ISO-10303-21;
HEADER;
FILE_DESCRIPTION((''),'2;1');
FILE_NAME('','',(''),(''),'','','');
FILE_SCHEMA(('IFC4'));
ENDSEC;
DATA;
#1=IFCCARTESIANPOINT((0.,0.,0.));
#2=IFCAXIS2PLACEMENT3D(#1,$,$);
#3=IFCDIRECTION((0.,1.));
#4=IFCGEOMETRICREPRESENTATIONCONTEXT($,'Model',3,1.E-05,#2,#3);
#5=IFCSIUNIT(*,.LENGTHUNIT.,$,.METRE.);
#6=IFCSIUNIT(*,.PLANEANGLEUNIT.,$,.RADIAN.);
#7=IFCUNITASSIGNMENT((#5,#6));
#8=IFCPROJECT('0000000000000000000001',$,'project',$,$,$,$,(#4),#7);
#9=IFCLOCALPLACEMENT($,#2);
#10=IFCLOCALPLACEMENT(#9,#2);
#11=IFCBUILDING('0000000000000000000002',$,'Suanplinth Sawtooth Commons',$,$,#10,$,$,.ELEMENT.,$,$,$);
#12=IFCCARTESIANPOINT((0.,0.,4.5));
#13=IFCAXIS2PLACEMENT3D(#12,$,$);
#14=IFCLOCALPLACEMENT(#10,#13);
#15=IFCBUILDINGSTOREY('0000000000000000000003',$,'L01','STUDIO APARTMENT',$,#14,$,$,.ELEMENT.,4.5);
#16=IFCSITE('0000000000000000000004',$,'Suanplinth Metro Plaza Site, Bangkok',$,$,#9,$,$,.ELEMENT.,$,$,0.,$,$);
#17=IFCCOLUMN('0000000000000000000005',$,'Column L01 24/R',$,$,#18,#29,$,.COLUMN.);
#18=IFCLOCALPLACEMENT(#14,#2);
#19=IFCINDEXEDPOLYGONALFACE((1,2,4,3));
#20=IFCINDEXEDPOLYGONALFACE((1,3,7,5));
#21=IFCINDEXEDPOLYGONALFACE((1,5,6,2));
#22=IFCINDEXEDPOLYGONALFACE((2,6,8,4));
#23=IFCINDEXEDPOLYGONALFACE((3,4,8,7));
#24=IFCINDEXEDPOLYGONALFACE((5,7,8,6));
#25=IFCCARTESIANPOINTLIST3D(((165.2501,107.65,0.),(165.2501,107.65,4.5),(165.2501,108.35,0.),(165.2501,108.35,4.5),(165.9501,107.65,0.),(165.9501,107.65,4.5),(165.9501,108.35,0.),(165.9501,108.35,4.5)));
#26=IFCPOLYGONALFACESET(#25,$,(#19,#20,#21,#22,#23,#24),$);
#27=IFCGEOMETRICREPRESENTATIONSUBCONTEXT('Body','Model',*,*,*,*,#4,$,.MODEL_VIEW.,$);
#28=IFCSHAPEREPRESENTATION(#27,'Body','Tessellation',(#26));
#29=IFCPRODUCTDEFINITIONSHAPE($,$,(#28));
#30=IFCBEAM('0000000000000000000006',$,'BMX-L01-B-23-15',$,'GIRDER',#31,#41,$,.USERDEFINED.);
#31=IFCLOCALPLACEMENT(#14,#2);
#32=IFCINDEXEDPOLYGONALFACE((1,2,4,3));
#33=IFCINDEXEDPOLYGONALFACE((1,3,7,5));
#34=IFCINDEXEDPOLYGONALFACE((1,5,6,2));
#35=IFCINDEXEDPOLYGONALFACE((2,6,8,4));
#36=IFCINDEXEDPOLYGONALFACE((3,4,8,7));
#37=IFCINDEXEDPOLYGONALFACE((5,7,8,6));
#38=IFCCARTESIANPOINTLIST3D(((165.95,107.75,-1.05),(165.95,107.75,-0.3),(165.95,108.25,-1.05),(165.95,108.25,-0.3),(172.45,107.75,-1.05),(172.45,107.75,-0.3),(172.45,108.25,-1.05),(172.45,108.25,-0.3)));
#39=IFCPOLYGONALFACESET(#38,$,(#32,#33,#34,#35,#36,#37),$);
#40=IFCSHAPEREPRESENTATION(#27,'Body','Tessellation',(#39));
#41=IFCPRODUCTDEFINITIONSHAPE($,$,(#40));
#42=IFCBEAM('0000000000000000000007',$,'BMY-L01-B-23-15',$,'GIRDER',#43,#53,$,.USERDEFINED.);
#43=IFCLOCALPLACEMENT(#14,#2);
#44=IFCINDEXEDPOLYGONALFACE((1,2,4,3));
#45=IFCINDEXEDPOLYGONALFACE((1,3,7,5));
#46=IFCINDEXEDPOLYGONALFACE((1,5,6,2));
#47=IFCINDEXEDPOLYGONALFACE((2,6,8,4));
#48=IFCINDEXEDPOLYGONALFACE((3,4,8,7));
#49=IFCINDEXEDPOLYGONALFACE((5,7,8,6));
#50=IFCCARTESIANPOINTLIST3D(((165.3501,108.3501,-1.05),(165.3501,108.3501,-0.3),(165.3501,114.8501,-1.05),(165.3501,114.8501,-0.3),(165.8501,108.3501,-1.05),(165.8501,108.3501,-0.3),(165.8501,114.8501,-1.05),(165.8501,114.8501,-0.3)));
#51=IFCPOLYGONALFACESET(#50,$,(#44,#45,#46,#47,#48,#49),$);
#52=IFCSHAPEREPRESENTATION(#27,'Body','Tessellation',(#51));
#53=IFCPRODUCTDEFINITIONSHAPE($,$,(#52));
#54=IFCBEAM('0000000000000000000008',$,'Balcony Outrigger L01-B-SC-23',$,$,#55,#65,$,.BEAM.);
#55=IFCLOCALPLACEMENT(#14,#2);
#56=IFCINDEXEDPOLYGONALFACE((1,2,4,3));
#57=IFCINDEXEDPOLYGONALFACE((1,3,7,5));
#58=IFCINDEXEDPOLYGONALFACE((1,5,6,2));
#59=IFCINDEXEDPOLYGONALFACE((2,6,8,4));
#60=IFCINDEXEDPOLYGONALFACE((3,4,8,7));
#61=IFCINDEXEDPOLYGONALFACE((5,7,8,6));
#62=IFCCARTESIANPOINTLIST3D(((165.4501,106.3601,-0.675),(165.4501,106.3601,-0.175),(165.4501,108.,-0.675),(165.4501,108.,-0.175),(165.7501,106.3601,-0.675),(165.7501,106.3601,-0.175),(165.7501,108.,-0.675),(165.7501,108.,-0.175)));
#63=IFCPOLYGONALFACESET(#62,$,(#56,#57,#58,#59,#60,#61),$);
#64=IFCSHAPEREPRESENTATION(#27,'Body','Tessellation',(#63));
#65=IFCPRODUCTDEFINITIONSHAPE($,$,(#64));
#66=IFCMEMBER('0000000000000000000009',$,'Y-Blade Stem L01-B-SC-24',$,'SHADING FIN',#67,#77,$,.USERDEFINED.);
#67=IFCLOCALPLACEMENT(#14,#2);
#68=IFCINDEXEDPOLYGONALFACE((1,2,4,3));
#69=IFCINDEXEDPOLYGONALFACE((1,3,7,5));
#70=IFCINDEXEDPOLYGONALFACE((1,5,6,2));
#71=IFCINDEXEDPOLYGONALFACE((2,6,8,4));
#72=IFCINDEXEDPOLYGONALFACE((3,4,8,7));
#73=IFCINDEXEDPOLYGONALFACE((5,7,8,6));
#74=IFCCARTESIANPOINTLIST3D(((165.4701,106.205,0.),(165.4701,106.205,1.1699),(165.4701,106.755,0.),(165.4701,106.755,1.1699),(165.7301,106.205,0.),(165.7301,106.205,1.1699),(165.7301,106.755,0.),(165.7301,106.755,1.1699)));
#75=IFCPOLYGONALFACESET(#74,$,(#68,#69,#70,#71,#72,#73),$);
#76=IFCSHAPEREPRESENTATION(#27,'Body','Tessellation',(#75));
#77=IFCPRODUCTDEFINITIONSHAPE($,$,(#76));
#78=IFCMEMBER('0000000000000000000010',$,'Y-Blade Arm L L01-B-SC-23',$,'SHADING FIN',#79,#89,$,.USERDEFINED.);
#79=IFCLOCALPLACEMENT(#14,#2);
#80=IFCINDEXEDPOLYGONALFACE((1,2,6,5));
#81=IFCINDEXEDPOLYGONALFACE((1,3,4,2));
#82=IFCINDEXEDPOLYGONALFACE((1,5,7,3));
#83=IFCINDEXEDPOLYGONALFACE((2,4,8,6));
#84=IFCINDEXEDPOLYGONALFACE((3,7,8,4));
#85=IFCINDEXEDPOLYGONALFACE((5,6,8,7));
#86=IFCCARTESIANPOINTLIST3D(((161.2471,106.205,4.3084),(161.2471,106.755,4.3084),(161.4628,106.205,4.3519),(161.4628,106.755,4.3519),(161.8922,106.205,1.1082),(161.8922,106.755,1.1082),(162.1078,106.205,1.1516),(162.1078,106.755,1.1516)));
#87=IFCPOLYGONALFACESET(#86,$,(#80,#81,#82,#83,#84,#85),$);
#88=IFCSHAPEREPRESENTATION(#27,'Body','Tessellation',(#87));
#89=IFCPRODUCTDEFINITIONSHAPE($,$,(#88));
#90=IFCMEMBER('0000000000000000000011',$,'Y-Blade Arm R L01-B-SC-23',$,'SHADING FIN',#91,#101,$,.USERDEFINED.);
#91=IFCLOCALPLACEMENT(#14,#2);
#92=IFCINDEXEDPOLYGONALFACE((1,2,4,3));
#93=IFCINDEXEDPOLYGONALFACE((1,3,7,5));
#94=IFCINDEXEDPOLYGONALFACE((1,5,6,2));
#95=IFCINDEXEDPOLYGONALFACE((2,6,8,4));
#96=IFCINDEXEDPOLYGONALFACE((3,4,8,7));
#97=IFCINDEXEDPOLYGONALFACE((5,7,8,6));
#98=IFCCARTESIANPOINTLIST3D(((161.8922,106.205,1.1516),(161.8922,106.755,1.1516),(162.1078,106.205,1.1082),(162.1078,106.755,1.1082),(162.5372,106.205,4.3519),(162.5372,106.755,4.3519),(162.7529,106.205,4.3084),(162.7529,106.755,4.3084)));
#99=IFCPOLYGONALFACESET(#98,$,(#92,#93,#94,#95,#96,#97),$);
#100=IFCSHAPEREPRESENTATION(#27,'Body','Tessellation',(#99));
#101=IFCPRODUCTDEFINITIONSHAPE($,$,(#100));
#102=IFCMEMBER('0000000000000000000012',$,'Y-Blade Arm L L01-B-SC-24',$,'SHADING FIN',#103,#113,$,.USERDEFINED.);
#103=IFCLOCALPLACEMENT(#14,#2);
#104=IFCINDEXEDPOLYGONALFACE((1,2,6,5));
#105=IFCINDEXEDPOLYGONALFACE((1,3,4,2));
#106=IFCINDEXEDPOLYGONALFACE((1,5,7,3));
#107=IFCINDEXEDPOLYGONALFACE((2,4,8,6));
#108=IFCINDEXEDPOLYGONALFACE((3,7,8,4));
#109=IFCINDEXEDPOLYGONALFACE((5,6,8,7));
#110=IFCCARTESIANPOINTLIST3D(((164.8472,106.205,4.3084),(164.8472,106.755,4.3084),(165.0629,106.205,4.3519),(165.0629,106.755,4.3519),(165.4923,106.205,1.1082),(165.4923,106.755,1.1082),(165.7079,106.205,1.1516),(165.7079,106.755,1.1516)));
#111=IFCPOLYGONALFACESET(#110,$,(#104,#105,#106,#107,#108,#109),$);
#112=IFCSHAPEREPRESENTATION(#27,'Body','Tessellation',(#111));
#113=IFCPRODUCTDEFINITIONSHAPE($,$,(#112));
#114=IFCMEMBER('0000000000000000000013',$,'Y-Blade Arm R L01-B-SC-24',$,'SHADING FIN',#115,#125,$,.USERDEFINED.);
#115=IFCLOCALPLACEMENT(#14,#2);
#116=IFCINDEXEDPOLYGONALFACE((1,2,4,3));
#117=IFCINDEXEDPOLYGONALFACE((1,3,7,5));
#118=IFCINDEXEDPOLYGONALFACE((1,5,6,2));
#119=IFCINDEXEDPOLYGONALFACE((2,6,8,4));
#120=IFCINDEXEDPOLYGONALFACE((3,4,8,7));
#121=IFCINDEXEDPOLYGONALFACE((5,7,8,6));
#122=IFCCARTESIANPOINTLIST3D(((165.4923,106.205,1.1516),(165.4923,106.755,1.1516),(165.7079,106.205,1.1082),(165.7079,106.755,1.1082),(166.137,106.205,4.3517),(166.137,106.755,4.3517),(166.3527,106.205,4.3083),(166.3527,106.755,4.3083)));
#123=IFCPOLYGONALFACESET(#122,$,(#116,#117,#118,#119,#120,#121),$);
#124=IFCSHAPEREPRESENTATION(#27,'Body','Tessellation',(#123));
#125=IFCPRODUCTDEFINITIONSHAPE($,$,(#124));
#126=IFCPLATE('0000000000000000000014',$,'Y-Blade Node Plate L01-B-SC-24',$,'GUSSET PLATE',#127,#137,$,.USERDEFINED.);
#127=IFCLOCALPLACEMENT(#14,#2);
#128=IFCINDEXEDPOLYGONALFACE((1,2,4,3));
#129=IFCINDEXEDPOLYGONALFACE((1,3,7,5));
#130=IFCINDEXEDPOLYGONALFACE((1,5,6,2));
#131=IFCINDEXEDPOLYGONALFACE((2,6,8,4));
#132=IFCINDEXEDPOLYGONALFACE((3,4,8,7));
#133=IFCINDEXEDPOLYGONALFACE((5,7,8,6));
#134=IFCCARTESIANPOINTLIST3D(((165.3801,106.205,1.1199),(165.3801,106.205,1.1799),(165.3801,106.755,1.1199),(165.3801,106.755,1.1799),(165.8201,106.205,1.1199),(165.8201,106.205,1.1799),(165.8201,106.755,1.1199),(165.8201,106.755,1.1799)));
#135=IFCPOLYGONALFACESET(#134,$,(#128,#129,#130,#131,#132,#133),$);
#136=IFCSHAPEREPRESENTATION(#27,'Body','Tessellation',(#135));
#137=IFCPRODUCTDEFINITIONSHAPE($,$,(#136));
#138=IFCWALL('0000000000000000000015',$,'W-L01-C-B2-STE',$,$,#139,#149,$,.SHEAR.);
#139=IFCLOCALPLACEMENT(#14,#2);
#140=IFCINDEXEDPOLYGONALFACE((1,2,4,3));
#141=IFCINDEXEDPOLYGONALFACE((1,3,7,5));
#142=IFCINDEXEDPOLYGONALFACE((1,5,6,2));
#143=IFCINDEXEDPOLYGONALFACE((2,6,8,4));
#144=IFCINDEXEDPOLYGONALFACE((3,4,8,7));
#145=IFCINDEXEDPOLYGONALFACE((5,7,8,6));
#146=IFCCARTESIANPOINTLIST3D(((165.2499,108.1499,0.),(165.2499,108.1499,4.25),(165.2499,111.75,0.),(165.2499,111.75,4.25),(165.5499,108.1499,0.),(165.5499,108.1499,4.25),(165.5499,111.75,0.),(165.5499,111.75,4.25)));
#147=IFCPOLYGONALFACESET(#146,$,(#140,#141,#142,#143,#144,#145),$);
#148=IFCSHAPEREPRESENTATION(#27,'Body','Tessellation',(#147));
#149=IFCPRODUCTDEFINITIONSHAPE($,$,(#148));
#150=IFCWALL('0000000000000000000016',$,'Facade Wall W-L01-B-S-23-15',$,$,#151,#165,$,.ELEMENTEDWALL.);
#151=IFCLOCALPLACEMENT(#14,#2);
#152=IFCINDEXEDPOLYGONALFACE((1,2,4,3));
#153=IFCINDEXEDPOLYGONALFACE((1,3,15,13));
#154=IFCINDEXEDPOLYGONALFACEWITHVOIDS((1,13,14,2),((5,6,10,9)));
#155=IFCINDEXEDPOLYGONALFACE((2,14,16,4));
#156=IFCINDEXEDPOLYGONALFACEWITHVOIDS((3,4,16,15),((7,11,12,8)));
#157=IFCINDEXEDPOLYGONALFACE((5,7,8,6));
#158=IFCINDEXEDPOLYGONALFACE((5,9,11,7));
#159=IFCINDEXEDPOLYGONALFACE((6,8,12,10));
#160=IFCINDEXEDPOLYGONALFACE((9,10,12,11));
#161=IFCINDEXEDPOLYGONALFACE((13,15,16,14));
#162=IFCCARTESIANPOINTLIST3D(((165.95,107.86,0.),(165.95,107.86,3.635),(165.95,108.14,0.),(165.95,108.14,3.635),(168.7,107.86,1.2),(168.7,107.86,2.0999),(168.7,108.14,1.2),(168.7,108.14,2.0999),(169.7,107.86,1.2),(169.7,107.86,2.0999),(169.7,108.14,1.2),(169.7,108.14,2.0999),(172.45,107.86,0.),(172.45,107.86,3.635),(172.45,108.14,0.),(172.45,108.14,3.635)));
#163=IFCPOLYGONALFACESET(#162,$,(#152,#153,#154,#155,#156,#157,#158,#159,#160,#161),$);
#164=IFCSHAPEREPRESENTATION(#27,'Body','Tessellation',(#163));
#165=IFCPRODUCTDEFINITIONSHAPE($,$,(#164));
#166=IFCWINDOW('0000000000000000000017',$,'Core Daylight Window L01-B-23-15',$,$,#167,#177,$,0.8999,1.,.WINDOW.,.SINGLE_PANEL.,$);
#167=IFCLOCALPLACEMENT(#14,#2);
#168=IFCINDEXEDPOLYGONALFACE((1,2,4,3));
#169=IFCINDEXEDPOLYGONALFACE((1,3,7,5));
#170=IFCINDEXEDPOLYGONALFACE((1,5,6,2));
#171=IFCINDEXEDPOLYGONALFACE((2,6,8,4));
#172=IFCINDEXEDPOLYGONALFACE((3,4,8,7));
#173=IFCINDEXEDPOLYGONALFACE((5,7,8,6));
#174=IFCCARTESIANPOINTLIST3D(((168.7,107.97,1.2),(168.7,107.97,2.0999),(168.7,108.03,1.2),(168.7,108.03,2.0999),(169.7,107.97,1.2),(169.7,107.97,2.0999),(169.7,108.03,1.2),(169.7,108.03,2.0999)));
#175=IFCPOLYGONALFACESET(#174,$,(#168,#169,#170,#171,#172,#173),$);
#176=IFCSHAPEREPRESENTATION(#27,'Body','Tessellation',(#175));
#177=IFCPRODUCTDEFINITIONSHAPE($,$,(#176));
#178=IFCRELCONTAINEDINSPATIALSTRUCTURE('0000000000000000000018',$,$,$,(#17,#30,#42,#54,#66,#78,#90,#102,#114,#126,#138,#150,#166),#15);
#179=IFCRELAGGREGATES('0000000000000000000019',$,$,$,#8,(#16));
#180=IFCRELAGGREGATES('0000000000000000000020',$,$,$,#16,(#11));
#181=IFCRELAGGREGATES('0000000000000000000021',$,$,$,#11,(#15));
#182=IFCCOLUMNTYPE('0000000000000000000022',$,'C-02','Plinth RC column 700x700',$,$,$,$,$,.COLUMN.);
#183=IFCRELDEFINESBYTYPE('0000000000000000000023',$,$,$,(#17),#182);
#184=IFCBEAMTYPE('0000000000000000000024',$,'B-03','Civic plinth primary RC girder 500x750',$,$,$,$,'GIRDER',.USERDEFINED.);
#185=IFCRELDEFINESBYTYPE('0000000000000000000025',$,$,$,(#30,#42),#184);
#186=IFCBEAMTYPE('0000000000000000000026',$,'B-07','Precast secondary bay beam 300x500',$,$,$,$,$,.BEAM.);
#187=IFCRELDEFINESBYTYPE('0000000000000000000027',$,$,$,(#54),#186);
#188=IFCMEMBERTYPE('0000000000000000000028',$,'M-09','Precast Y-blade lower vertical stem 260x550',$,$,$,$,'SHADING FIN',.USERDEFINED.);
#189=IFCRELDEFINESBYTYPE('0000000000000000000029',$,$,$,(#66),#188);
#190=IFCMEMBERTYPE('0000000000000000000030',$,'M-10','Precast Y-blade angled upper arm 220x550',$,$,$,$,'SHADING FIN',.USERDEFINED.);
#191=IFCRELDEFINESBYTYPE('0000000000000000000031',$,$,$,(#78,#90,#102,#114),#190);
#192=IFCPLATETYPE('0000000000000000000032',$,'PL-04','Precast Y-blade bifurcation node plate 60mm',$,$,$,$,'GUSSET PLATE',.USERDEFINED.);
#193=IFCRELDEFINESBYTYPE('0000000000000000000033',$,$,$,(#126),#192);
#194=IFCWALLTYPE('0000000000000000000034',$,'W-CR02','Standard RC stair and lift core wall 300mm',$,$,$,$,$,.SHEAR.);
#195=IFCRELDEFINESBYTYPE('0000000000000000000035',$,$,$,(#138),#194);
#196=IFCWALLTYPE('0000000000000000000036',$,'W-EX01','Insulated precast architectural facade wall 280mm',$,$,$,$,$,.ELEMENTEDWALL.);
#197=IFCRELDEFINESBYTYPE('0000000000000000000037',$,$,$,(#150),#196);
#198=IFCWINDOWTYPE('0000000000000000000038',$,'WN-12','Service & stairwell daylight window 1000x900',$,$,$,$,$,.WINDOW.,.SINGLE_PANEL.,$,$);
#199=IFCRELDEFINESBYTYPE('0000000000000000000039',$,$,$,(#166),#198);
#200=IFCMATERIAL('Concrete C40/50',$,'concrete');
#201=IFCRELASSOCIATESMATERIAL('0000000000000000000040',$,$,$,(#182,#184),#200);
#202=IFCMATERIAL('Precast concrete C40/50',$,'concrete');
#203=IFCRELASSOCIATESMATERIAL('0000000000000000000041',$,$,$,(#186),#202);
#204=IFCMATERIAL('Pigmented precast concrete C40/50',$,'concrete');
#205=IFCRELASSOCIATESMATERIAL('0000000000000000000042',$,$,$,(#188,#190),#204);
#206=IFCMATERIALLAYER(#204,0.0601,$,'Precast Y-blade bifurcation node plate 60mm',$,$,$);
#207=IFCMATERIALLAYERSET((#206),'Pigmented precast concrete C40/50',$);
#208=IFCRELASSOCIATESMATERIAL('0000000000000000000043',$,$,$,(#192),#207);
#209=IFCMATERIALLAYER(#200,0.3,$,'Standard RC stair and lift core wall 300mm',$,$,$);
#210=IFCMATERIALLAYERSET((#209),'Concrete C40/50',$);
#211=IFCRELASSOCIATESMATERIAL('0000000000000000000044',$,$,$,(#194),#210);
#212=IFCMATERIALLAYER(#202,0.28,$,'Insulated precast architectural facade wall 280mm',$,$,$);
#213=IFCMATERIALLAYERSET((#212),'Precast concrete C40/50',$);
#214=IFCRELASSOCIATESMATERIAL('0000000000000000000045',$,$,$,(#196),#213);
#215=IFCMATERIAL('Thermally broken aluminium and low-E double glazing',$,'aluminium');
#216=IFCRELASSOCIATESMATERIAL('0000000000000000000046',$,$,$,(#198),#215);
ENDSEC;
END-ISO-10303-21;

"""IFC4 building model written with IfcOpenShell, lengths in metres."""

from ifc_helpers import new_model, si_unit, direction, frame, frame_2d, origin, origin_2d, place, context, subcontext, project, spatial, rectangle, extrude, material, layer, layer_set, material_profile, profile_set, type_object, element, fill, save


model = new_model("IFC4")

# Units and contexts
model_context = context("Model", 3, precision=1e-05, world=origin(), true_north=direction((0.0, 1.0)))
body_context = subcontext(model_context, "Body", "Model", "MODEL_VIEW")
ifc_project = project(units=[si_unit("LENGTHUNIT", "METRE"), si_unit("PLANEANGLEUNIT", "RADIAN")], contexts=[model_context])

# Site, building, storey
site_placement = place(None, origin())
site = spatial("IfcSite", under=ifc_project, at=site_placement, Name="Suanplinth Metro Plaza Site, Bangkok", CompositionType="ELEMENT", RefElevation=0.0)
building_placement = place(site_placement, origin())
building = spatial("IfcBuilding", under=site, at=building_placement, Name="Suanplinth Sawtooth Commons", CompositionType="ELEMENT")
storey_placement = place(building_placement, frame((0.0, 0.0, 4.5)))
storey = spatial("IfcBuildingStorey", under=building, at=storey_placement, Name="L01", Description="STUDIO APARTMENT", CompositionType="ELEMENT", Elevation=4.5)

# Column
ifc_material_1 = material(Name="Concrete C40/50", Category="concrete")
ifc_material_profile_1 = material_profile(ifc_material_1, rectangle(XDim=0.7, YDim=0.7, at=origin_2d()), Name="RC-COL 700x700")
ifc_profile_set_1 = profile_set([ifc_material_profile_1], Name="Concrete C40/50")
column_type = type_object("IfcColumnType", Name="C-02", Description="Plinth RC column 700x700", PredefinedType="COLUMN", material=ifc_profile_set_1)
column_placement = place(storey_placement, frame((165.6001, 108.0, 0.0), z_axis=(0.0, 0.0, 1.0), x_axis=(1.0, 0.0, 0.0)))
element("IfcColumn", 1, at=column_placement, inside=storey, type_object=column_type, Name="Column L01 24/R", PredefinedType="COLUMN", context=body_context, shape_type="SweptSolid", body=[
    extrude(rectangle(XDim=0.7, YDim=0.7, at=origin_2d()), origin(), (0.0, 0.0, 1.0), 4.5),
])

# Beams
ifc_material_profile_2 = material_profile(ifc_material_1, rectangle(XDim=0.5, YDim=0.75, at=origin_2d()), Name="RC-GDR 500x750")
ifc_profile_set_2 = profile_set([ifc_material_profile_2], Name="Concrete C40/50")
beam_type_1 = type_object("IfcBeamType", Name="B-03", Description="Civic plinth primary RC girder 500x750", ElementType="GIRDER", PredefinedType="USERDEFINED", material=ifc_profile_set_2)
for number, where, z_axis, x_axis, name in (
    (2, (165.95, 108.0, -0.675), (1.0, 0.0, 0.0), (0.0, 1.0, 0.0), "BMX-L01-B-23-15"),
    (3, (165.6001, 108.3501, -0.675), (0.0, 1.0, 0.0), (-1.0, 0.0, 0.0), "BMY-L01-B-23-15"),
):
    element("IfcBeam", number, at=place(storey_placement, frame(where, z_axis=z_axis, x_axis=x_axis)), inside=storey, type_object=beam_type_1, Name=name, ObjectType="GIRDER", PredefinedType="USERDEFINED", context=body_context, shape_type="SweptSolid", body=[
        extrude(rectangle(XDim=0.5, YDim=0.75, at=origin_2d()), origin(), (0.0, 0.0, 1.0), 6.5),
    ])
ifc_material_2 = material(Name="Precast concrete C40/50", Category="concrete")
ifc_material_profile_3 = material_profile(ifc_material_2, rectangle(XDim=0.3, YDim=0.5, at=origin_2d()), Name="PC-BM 300x500")
ifc_profile_set_3 = profile_set([ifc_material_profile_3], Name="Precast concrete C40/50")
beam_type_2 = type_object("IfcBeamType", Name="B-07", Description="Precast secondary bay beam 300x500", PredefinedType="BEAM", material=ifc_profile_set_3)
beam_placement = place(storey_placement, frame((165.6001, 108.0, -0.425), z_axis=(0.0, -1.0, 0.0), x_axis=(1.0, 0.0, 0.0)))
element("IfcBeam", 4, at=beam_placement, inside=storey, type_object=beam_type_2, Name="Balcony Outrigger L01-B-SC-23", PredefinedType="BEAM", context=body_context, shape_type="SweptSolid", body=[
    extrude(rectangle(XDim=0.3, YDim=0.5, at=origin_2d()), origin(), (0.0, 0.0, 1.0), 1.6399),
])

# Members
ifc_material_3 = material(Name="Pigmented precast concrete C40/50", Category="concrete")
ifc_material_profile_4 = material_profile(ifc_material_3, rectangle(XDim=0.26, YDim=0.55, at=origin_2d()), Name="PC-FIN 260x550")
ifc_profile_set_4 = profile_set([ifc_material_profile_4], Name="Pigmented precast concrete C40/50")
member_type_1 = type_object("IfcMemberType", Name="M-09", Description="Precast Y-blade lower vertical stem 260x550", ElementType="SHADING FIN", PredefinedType="USERDEFINED", material=ifc_profile_set_4)
member_1_placement = place(storey_placement, frame((165.6001, 106.48, 0.0), z_axis=(0.0, 0.0, 1.0), x_axis=(1.0, 0.0, 0.0)))
element("IfcMember", 5, at=member_1_placement, inside=storey, type_object=member_type_1, Name="Y-Blade Stem L01-B-SC-24", ObjectType="SHADING FIN", PredefinedType="USERDEFINED", context=body_context, shape_type="SweptSolid", body=[
    extrude(rectangle(XDim=0.26, YDim=0.55, at=origin_2d()), origin(), (0.0, 0.0, 1.0), 1.1699),
])
ifc_material_profile_5 = material_profile(ifc_material_3, rectangle(XDim=0.22, YDim=0.55, at=origin_2d()), Name="PC-FIN 220x550")
ifc_profile_set_5 = profile_set([ifc_material_profile_5], Name="Pigmented precast concrete C40/50")
member_type_2 = type_object("IfcMemberType", Name="M-10", Description="Precast Y-blade angled upper arm 220x550", ElementType="SHADING FIN", PredefinedType="USERDEFINED", material=ifc_profile_set_5)
for number, where, z_axis, x_axis, name in (
    (6, (162.0, 106.48, 1.1299), (-0.197583, 0.0, 0.980286), (0.980286, 0.0, 0.197583), "Y-Blade Arm L L01-B-SC-23"),
    (7, (162.0, 106.48, 1.1299), (0.197583, 0.0, 0.980286), (-0.980286, 0.0, 0.197583), "Y-Blade Arm R L01-B-SC-23"),
    (8, (165.6001, 106.48, 1.1299), (-0.197583, 0.0, 0.980286), (0.980286, 0.0, 0.197583), "Y-Blade Arm L L01-B-SC-24"),
):
    element("IfcMember", number, at=place(storey_placement, frame(where, z_axis=z_axis, x_axis=x_axis)), inside=storey, type_object=member_type_2, Name=name, ObjectType="SHADING FIN", PredefinedType="USERDEFINED", context=body_context, shape_type="SweptSolid", body=[
        extrude(rectangle(XDim=0.22, YDim=0.55, at=origin_2d()), origin(), (0.0, 0.0, 1.0), 3.2646),
    ])
member_2_placement = place(storey_placement, frame((165.6001, 106.48, 1.1299), z_axis=(0.197511, 0.0, 0.980301), x_axis=(-0.980301, 0.0, 0.197511)))
element("IfcMember", 9, at=member_2_placement, inside=storey, type_object=member_type_2, Name="Y-Blade Arm R L01-B-SC-24", ObjectType="SHADING FIN", PredefinedType="USERDEFINED", context=body_context, shape_type="SweptSolid", body=[
    extrude(rectangle(XDim=0.22, YDim=0.55, at=origin_2d()), origin(), (0.0, 0.0, 1.0), 3.2644),
])

# Plate
ifc_layer_1 = layer(ifc_material_3, 0.0601, Name="Precast Y-blade bifurcation node plate 60mm")
ifc_layer_set_1 = layer_set([ifc_layer_1], Name="Pigmented precast concrete C40/50")
plate_type = type_object("IfcPlateType", Name="PL-04", Description="Precast Y-blade bifurcation node plate 60mm", ElementType="GUSSET PLATE", PredefinedType="USERDEFINED", material=ifc_layer_set_1)
plate_placement = place(storey_placement, frame((165.6001, 106.48, 1.1199), z_axis=(0.0, 0.0, 1.0), x_axis=(1.0, 0.0, 0.0)))
element("IfcPlate", 10, at=plate_placement, inside=storey, type_object=plate_type, Name="Y-Blade Node Plate L01-B-SC-24", ObjectType="GUSSET PLATE", PredefinedType="USERDEFINED", context=body_context, shape_type="SweptSolid", body=[
    extrude(rectangle(XDim=0.4399, YDim=0.55, at=origin_2d()), origin(), (0.0, 0.0, 1.0), 0.0601),
])

# Wall
ifc_layer_2 = layer(ifc_material_1, 0.3, Name="Standard RC stair and lift core wall 300mm")
ifc_layer_set_2 = layer_set([ifc_layer_2], Name="Concrete C40/50")
wall_type_1 = type_object("IfcWallType", Name="W-CR02", Description="Standard RC stair and lift core wall 300mm", PredefinedType="SHEAR", material=ifc_layer_set_2)
wall_1_placement = place(storey_placement, frame((165.3999, 108.1499, 0.0), z_axis=(0.0, 0.0, 1.0), x_axis=(0.0, 1.0, 0.0)))
element("IfcWall", 11, at=wall_1_placement, inside=storey, type_object=wall_type_1, Name="W-L01-C-B2-STE", PredefinedType="SHEAR", context=body_context, shape_type="SweptSolid", body=[
    extrude(rectangle(XDim=3.6001, YDim=0.3, at=frame_2d((1.8, 0.0))), origin(), (0.0, 0.0, 1.0), 4.25),
])

# Wall, opening, window
ifc_layer_3 = layer(ifc_material_2, 0.28, Name="Insulated precast architectural facade wall 280mm")
ifc_layer_set_3 = layer_set([ifc_layer_3], Name="Precast concrete C40/50")
wall_type_2 = type_object("IfcWallType", Name="W-EX01", Description="Insulated precast architectural facade wall 280mm", PredefinedType="ELEMENTEDWALL", material=ifc_layer_set_3)
wall_2_placement = place(storey_placement, frame((165.95, 108.0, 0.0), z_axis=(0.0, 0.0, 1.0), x_axis=(1.0, 0.0, 0.0)))
wall_2 = element("IfcWall", 12, at=wall_2_placement, inside=storey, type_object=wall_type_2, Name="Facade Wall W-L01-B-S-23-15", PredefinedType="ELEMENTEDWALL", context=body_context, shape_type="SweptSolid", body=[
    extrude(rectangle(XDim=6.5, YDim=0.28, at=frame_2d((3.25, 0.0))), origin(), (0.0, 0.0, 1.0), 3.635),
])
opening_placement = place(wall_2_placement, frame((2.75, 0.0, 1.2)))
opening = element("IfcOpeningElement", 13, at=opening_placement, cuts=wall_2, PredefinedType="OPENING", context=body_context, shape_type="SweptSolid", body=[
    extrude(rectangle(XDim=1.0, YDim=0.8999, at=frame_2d((0.5, 0.45))), frame((0.0, 0.1548, 0.0), z_axis=(0.0, -1.0, 0.0), x_axis=(1.0, 0.0, 0.0)), (0.0, 0.0, 1.0), 0.3098),
])
ifc_material_4 = material(Name="Thermally broken aluminium and low-E double glazing", Category="aluminium")
window_type = type_object("IfcWindowType", Name="WN-12", Description="Service & stairwell daylight window 1000x900", PartitioningType="SINGLE_PANEL", PredefinedType="WINDOW", material=ifc_material_4)
window_placement = place(opening_placement, origin())
window = element("IfcWindow", 14, at=window_placement, inside=storey, type_object=window_type, Name="Core Daylight Window L01-B-23-15", OverallHeight=0.8999, OverallWidth=1.0, PartitioningType="SINGLE_PANEL", PredefinedType="WINDOW", context=body_context, shape_type="SweptSolid", body=[
    extrude(rectangle(XDim=1.0, YDim=0.8999, at=frame_2d((0.5, 0.45))), frame((0.0, 0.03, 0.0), z_axis=(0.0, -1.0, 0.0), x_axis=(1.0, 0.0, 0.0)), (0.0, 0.0, 1.0), 0.0601),
])
fill(opening, window)

save(model, "model.ifc")
